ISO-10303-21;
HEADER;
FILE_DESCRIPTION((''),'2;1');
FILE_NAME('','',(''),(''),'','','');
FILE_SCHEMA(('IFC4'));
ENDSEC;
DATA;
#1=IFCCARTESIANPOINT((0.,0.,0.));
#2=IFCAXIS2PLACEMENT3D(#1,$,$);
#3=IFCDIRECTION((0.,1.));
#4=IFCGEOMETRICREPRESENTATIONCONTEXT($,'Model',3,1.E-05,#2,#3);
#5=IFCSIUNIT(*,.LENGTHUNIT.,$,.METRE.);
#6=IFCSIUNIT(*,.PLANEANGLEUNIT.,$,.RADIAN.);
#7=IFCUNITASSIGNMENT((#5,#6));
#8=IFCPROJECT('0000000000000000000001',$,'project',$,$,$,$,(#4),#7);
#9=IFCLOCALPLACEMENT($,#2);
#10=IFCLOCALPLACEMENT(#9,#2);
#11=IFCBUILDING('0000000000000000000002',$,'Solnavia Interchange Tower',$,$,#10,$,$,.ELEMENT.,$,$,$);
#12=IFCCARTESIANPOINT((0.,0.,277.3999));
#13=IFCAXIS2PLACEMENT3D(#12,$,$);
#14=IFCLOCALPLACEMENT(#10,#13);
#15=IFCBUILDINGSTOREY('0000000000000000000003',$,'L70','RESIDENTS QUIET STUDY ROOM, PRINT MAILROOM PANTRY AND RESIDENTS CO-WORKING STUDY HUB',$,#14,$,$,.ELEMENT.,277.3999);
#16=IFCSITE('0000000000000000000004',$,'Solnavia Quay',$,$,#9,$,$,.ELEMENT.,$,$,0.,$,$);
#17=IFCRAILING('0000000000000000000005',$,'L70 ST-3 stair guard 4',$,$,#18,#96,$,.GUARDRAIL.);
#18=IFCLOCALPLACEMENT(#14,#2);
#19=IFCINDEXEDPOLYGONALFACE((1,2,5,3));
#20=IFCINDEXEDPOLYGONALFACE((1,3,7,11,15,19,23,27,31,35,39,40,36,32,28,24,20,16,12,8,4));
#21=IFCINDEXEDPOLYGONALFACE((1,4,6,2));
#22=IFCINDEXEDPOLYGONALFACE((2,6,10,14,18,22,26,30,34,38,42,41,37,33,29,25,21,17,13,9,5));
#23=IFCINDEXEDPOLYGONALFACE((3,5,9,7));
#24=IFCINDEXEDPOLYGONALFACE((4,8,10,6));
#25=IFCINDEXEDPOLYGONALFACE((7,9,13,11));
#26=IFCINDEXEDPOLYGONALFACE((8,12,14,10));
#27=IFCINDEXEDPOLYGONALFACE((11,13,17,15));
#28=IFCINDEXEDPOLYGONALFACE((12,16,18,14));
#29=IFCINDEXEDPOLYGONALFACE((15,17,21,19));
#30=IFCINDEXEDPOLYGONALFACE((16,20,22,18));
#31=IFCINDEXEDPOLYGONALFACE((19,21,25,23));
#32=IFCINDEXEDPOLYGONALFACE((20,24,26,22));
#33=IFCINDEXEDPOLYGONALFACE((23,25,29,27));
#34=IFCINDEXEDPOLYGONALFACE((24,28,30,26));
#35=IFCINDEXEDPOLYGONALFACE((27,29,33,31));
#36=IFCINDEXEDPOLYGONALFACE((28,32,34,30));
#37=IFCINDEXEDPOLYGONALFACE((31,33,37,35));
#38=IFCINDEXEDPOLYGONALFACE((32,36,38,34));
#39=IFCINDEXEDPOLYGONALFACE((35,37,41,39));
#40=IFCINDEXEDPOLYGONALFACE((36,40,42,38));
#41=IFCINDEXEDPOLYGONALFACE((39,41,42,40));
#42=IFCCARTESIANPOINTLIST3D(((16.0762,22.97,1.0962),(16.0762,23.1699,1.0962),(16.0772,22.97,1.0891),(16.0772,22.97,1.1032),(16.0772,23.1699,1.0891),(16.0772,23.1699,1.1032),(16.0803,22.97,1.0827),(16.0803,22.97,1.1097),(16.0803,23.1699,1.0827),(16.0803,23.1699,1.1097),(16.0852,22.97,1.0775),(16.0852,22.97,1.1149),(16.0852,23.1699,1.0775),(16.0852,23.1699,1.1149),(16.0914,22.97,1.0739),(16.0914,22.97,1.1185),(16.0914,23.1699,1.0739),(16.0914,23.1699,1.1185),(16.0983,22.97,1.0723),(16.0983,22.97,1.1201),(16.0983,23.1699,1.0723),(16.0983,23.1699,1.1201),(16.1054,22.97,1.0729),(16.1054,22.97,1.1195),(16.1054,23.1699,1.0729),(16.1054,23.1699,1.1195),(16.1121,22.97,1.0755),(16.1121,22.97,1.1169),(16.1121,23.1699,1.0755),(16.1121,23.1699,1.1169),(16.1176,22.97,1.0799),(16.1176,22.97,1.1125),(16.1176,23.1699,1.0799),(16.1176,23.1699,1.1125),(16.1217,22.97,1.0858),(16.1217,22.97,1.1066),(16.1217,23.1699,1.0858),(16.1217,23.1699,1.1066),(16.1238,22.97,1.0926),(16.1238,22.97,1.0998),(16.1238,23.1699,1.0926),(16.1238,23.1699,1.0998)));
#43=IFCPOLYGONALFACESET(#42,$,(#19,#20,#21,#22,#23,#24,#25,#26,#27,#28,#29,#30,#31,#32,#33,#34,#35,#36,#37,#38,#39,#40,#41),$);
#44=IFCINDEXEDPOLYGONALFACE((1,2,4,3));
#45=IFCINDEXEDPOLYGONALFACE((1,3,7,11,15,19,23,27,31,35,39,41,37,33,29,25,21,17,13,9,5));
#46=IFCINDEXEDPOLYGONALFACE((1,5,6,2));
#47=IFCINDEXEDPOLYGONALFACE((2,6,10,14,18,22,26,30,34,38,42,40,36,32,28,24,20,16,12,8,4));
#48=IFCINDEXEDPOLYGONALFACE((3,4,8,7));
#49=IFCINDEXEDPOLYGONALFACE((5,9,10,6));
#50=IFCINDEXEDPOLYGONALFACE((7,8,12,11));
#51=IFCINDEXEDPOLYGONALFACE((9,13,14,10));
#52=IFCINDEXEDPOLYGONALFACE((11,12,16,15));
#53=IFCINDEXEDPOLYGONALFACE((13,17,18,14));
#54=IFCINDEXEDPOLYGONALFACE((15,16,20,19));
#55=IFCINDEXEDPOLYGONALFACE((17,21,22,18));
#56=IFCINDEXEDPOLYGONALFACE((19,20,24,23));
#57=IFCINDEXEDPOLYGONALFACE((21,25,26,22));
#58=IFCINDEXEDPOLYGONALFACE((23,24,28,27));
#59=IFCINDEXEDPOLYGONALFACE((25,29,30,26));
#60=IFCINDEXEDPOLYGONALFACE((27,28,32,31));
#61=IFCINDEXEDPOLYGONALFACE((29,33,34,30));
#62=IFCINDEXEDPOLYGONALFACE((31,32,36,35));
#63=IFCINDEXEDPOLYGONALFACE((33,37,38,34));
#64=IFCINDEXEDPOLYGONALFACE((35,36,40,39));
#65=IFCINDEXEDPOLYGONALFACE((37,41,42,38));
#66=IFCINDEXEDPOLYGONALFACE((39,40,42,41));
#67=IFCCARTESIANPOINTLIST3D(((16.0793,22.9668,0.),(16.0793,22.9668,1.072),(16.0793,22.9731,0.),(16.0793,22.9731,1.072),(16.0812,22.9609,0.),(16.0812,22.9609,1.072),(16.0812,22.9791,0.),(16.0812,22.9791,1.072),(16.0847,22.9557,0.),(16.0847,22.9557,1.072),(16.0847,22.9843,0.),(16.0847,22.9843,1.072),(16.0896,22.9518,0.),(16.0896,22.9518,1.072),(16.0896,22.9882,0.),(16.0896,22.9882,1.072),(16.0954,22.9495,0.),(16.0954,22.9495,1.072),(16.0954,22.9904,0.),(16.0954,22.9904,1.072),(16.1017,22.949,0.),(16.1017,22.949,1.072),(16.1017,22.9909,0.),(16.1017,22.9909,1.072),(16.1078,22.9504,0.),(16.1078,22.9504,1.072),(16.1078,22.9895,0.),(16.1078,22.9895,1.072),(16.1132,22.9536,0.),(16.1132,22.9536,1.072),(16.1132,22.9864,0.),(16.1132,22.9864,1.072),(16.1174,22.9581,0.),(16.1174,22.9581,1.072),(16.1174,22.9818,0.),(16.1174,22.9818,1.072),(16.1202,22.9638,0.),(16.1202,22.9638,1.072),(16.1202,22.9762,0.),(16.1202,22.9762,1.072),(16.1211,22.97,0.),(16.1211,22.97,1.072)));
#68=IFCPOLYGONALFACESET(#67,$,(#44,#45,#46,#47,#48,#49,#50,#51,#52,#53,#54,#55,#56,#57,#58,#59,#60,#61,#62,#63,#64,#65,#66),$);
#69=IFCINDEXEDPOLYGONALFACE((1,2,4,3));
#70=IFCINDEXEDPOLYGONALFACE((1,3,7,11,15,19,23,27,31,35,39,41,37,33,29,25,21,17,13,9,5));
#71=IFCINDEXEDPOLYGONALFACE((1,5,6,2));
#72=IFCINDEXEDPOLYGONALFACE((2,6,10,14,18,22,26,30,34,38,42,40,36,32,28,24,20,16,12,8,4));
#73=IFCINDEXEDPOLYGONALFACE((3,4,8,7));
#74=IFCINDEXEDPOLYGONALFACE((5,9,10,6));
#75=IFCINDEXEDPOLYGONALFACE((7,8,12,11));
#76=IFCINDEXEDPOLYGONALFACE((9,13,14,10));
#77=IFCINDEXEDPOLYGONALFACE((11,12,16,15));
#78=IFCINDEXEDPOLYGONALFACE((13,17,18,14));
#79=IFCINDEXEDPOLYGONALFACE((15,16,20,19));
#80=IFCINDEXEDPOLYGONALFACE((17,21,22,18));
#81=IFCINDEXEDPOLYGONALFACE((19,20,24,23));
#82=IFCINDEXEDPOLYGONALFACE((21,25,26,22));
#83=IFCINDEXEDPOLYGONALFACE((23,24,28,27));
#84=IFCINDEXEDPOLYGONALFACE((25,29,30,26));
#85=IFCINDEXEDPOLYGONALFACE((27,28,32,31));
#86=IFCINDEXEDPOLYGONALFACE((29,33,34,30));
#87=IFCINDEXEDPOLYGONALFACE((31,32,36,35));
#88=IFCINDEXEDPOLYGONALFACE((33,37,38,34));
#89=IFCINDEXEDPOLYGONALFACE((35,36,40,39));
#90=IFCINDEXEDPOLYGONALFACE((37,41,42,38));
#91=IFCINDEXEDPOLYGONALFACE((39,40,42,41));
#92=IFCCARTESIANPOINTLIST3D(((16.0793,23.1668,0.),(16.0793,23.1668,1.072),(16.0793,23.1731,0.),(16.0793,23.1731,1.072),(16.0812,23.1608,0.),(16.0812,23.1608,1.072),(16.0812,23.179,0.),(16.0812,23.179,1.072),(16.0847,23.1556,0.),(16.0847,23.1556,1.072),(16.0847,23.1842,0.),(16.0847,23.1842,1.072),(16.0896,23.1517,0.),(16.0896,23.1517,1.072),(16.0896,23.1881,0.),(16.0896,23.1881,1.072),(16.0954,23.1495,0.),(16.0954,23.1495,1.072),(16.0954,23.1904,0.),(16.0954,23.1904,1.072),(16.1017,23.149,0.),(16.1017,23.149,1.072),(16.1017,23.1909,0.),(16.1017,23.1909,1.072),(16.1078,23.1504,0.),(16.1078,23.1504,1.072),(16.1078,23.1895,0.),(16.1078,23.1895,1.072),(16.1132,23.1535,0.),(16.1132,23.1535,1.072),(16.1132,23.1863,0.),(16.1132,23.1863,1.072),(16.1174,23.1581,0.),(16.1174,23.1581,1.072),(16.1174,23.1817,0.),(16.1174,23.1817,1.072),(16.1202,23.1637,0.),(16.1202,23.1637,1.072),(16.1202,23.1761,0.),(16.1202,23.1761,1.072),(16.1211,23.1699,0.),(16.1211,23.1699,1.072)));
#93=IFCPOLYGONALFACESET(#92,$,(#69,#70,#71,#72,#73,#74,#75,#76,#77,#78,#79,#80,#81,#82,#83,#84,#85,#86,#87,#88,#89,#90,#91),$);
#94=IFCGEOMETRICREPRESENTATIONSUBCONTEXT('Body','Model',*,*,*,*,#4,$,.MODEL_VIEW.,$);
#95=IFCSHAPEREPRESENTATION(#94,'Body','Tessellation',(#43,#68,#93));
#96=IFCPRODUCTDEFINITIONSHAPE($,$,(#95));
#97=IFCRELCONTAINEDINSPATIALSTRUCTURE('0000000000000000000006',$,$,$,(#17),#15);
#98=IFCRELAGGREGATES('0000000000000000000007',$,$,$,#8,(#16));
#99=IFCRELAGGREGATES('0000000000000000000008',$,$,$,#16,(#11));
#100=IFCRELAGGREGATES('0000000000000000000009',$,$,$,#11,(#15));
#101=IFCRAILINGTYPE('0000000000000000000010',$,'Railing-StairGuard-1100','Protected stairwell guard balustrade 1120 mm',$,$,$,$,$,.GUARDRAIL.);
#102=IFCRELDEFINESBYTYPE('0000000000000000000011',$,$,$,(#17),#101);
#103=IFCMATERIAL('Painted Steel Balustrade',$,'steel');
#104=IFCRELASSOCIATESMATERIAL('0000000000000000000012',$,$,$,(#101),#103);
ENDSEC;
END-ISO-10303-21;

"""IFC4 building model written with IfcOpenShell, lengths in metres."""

from ifc_helpers import new_model, si_unit, direction, frame, origin, origin_2d, place, context, subcontext, project, spatial, circle, extrude, material, type_object, element, save


model = new_model("IFC4")

# Units and contexts
model_context = context("Model", 3, precision=1e-05, world=origin(), true_north=direction((0.0, 1.0)))
body_context = subcontext(model_context, "Body", "Model", "MODEL_VIEW")
ifc_project = project(units=[si_unit("LENGTHUNIT", "METRE"), si_unit("PLANEANGLEUNIT", "RADIAN")], contexts=[model_context])

# Site, building, storey
site_placement = place(None, origin())
site = spatial("IfcSite", under=ifc_project, at=site_placement, Name="Solnavia Quay", CompositionType="ELEMENT", RefElevation=0.0)
building_placement = place(site_placement, origin())
building = spatial("IfcBuilding", under=site, at=building_placement, Name="Solnavia Interchange Tower", CompositionType="ELEMENT")
storey_placement = place(building_placement, frame((0.0, 0.0, 277.3999)))
storey = spatial("IfcBuildingStorey", under=building, at=storey_placement, Name="L70", Description="RESIDENTS QUIET STUDY ROOM, PRINT MAILROOM PANTRY AND RESIDENTS CO-WORKING STUDY HUB", CompositionType="ELEMENT", Elevation=277.3999)

# Railing
ifc_material_1 = material(Name="Painted Steel Balustrade", Category="steel")
railing_type_1 = type_object("IfcRailingType", Name="Railing-StairGuard-1100", Description="Protected stairwell guard balustrade 1120 mm", PredefinedType="GUARDRAIL", material=ifc_material_1)
railing_1_placement = place(storey_placement, frame((16.1001, 22.97, 0.0)))
element("IfcRailing", 1, at=railing_1_placement, inside=storey, type_object=railing_type_1, Name="L70 ST-3 stair guard 4", PredefinedType="GUARDRAIL", context=body_context, shape_type="SweptSolid", body=[
    extrude(circle(Radius=0.0239, at=origin_2d()), frame((0.0, 0.0, 1.0962), z_axis=(0.0, 1.0, 0.0), x_axis=(-1.0, 0.0, 0.0)), (0.0, 0.0, 1.0), 0.2),
    extrude(circle(Radius=0.021, at=origin_2d()), origin(), (0.0, 0.0, 1.0), 1.072),
    extrude(circle(Radius=0.021, at=origin_2d()), frame((0.0, 0.2, 0.0)), (0.0, 0.0, 1.0), 1.072),
])

save(model, "model.ifc")
